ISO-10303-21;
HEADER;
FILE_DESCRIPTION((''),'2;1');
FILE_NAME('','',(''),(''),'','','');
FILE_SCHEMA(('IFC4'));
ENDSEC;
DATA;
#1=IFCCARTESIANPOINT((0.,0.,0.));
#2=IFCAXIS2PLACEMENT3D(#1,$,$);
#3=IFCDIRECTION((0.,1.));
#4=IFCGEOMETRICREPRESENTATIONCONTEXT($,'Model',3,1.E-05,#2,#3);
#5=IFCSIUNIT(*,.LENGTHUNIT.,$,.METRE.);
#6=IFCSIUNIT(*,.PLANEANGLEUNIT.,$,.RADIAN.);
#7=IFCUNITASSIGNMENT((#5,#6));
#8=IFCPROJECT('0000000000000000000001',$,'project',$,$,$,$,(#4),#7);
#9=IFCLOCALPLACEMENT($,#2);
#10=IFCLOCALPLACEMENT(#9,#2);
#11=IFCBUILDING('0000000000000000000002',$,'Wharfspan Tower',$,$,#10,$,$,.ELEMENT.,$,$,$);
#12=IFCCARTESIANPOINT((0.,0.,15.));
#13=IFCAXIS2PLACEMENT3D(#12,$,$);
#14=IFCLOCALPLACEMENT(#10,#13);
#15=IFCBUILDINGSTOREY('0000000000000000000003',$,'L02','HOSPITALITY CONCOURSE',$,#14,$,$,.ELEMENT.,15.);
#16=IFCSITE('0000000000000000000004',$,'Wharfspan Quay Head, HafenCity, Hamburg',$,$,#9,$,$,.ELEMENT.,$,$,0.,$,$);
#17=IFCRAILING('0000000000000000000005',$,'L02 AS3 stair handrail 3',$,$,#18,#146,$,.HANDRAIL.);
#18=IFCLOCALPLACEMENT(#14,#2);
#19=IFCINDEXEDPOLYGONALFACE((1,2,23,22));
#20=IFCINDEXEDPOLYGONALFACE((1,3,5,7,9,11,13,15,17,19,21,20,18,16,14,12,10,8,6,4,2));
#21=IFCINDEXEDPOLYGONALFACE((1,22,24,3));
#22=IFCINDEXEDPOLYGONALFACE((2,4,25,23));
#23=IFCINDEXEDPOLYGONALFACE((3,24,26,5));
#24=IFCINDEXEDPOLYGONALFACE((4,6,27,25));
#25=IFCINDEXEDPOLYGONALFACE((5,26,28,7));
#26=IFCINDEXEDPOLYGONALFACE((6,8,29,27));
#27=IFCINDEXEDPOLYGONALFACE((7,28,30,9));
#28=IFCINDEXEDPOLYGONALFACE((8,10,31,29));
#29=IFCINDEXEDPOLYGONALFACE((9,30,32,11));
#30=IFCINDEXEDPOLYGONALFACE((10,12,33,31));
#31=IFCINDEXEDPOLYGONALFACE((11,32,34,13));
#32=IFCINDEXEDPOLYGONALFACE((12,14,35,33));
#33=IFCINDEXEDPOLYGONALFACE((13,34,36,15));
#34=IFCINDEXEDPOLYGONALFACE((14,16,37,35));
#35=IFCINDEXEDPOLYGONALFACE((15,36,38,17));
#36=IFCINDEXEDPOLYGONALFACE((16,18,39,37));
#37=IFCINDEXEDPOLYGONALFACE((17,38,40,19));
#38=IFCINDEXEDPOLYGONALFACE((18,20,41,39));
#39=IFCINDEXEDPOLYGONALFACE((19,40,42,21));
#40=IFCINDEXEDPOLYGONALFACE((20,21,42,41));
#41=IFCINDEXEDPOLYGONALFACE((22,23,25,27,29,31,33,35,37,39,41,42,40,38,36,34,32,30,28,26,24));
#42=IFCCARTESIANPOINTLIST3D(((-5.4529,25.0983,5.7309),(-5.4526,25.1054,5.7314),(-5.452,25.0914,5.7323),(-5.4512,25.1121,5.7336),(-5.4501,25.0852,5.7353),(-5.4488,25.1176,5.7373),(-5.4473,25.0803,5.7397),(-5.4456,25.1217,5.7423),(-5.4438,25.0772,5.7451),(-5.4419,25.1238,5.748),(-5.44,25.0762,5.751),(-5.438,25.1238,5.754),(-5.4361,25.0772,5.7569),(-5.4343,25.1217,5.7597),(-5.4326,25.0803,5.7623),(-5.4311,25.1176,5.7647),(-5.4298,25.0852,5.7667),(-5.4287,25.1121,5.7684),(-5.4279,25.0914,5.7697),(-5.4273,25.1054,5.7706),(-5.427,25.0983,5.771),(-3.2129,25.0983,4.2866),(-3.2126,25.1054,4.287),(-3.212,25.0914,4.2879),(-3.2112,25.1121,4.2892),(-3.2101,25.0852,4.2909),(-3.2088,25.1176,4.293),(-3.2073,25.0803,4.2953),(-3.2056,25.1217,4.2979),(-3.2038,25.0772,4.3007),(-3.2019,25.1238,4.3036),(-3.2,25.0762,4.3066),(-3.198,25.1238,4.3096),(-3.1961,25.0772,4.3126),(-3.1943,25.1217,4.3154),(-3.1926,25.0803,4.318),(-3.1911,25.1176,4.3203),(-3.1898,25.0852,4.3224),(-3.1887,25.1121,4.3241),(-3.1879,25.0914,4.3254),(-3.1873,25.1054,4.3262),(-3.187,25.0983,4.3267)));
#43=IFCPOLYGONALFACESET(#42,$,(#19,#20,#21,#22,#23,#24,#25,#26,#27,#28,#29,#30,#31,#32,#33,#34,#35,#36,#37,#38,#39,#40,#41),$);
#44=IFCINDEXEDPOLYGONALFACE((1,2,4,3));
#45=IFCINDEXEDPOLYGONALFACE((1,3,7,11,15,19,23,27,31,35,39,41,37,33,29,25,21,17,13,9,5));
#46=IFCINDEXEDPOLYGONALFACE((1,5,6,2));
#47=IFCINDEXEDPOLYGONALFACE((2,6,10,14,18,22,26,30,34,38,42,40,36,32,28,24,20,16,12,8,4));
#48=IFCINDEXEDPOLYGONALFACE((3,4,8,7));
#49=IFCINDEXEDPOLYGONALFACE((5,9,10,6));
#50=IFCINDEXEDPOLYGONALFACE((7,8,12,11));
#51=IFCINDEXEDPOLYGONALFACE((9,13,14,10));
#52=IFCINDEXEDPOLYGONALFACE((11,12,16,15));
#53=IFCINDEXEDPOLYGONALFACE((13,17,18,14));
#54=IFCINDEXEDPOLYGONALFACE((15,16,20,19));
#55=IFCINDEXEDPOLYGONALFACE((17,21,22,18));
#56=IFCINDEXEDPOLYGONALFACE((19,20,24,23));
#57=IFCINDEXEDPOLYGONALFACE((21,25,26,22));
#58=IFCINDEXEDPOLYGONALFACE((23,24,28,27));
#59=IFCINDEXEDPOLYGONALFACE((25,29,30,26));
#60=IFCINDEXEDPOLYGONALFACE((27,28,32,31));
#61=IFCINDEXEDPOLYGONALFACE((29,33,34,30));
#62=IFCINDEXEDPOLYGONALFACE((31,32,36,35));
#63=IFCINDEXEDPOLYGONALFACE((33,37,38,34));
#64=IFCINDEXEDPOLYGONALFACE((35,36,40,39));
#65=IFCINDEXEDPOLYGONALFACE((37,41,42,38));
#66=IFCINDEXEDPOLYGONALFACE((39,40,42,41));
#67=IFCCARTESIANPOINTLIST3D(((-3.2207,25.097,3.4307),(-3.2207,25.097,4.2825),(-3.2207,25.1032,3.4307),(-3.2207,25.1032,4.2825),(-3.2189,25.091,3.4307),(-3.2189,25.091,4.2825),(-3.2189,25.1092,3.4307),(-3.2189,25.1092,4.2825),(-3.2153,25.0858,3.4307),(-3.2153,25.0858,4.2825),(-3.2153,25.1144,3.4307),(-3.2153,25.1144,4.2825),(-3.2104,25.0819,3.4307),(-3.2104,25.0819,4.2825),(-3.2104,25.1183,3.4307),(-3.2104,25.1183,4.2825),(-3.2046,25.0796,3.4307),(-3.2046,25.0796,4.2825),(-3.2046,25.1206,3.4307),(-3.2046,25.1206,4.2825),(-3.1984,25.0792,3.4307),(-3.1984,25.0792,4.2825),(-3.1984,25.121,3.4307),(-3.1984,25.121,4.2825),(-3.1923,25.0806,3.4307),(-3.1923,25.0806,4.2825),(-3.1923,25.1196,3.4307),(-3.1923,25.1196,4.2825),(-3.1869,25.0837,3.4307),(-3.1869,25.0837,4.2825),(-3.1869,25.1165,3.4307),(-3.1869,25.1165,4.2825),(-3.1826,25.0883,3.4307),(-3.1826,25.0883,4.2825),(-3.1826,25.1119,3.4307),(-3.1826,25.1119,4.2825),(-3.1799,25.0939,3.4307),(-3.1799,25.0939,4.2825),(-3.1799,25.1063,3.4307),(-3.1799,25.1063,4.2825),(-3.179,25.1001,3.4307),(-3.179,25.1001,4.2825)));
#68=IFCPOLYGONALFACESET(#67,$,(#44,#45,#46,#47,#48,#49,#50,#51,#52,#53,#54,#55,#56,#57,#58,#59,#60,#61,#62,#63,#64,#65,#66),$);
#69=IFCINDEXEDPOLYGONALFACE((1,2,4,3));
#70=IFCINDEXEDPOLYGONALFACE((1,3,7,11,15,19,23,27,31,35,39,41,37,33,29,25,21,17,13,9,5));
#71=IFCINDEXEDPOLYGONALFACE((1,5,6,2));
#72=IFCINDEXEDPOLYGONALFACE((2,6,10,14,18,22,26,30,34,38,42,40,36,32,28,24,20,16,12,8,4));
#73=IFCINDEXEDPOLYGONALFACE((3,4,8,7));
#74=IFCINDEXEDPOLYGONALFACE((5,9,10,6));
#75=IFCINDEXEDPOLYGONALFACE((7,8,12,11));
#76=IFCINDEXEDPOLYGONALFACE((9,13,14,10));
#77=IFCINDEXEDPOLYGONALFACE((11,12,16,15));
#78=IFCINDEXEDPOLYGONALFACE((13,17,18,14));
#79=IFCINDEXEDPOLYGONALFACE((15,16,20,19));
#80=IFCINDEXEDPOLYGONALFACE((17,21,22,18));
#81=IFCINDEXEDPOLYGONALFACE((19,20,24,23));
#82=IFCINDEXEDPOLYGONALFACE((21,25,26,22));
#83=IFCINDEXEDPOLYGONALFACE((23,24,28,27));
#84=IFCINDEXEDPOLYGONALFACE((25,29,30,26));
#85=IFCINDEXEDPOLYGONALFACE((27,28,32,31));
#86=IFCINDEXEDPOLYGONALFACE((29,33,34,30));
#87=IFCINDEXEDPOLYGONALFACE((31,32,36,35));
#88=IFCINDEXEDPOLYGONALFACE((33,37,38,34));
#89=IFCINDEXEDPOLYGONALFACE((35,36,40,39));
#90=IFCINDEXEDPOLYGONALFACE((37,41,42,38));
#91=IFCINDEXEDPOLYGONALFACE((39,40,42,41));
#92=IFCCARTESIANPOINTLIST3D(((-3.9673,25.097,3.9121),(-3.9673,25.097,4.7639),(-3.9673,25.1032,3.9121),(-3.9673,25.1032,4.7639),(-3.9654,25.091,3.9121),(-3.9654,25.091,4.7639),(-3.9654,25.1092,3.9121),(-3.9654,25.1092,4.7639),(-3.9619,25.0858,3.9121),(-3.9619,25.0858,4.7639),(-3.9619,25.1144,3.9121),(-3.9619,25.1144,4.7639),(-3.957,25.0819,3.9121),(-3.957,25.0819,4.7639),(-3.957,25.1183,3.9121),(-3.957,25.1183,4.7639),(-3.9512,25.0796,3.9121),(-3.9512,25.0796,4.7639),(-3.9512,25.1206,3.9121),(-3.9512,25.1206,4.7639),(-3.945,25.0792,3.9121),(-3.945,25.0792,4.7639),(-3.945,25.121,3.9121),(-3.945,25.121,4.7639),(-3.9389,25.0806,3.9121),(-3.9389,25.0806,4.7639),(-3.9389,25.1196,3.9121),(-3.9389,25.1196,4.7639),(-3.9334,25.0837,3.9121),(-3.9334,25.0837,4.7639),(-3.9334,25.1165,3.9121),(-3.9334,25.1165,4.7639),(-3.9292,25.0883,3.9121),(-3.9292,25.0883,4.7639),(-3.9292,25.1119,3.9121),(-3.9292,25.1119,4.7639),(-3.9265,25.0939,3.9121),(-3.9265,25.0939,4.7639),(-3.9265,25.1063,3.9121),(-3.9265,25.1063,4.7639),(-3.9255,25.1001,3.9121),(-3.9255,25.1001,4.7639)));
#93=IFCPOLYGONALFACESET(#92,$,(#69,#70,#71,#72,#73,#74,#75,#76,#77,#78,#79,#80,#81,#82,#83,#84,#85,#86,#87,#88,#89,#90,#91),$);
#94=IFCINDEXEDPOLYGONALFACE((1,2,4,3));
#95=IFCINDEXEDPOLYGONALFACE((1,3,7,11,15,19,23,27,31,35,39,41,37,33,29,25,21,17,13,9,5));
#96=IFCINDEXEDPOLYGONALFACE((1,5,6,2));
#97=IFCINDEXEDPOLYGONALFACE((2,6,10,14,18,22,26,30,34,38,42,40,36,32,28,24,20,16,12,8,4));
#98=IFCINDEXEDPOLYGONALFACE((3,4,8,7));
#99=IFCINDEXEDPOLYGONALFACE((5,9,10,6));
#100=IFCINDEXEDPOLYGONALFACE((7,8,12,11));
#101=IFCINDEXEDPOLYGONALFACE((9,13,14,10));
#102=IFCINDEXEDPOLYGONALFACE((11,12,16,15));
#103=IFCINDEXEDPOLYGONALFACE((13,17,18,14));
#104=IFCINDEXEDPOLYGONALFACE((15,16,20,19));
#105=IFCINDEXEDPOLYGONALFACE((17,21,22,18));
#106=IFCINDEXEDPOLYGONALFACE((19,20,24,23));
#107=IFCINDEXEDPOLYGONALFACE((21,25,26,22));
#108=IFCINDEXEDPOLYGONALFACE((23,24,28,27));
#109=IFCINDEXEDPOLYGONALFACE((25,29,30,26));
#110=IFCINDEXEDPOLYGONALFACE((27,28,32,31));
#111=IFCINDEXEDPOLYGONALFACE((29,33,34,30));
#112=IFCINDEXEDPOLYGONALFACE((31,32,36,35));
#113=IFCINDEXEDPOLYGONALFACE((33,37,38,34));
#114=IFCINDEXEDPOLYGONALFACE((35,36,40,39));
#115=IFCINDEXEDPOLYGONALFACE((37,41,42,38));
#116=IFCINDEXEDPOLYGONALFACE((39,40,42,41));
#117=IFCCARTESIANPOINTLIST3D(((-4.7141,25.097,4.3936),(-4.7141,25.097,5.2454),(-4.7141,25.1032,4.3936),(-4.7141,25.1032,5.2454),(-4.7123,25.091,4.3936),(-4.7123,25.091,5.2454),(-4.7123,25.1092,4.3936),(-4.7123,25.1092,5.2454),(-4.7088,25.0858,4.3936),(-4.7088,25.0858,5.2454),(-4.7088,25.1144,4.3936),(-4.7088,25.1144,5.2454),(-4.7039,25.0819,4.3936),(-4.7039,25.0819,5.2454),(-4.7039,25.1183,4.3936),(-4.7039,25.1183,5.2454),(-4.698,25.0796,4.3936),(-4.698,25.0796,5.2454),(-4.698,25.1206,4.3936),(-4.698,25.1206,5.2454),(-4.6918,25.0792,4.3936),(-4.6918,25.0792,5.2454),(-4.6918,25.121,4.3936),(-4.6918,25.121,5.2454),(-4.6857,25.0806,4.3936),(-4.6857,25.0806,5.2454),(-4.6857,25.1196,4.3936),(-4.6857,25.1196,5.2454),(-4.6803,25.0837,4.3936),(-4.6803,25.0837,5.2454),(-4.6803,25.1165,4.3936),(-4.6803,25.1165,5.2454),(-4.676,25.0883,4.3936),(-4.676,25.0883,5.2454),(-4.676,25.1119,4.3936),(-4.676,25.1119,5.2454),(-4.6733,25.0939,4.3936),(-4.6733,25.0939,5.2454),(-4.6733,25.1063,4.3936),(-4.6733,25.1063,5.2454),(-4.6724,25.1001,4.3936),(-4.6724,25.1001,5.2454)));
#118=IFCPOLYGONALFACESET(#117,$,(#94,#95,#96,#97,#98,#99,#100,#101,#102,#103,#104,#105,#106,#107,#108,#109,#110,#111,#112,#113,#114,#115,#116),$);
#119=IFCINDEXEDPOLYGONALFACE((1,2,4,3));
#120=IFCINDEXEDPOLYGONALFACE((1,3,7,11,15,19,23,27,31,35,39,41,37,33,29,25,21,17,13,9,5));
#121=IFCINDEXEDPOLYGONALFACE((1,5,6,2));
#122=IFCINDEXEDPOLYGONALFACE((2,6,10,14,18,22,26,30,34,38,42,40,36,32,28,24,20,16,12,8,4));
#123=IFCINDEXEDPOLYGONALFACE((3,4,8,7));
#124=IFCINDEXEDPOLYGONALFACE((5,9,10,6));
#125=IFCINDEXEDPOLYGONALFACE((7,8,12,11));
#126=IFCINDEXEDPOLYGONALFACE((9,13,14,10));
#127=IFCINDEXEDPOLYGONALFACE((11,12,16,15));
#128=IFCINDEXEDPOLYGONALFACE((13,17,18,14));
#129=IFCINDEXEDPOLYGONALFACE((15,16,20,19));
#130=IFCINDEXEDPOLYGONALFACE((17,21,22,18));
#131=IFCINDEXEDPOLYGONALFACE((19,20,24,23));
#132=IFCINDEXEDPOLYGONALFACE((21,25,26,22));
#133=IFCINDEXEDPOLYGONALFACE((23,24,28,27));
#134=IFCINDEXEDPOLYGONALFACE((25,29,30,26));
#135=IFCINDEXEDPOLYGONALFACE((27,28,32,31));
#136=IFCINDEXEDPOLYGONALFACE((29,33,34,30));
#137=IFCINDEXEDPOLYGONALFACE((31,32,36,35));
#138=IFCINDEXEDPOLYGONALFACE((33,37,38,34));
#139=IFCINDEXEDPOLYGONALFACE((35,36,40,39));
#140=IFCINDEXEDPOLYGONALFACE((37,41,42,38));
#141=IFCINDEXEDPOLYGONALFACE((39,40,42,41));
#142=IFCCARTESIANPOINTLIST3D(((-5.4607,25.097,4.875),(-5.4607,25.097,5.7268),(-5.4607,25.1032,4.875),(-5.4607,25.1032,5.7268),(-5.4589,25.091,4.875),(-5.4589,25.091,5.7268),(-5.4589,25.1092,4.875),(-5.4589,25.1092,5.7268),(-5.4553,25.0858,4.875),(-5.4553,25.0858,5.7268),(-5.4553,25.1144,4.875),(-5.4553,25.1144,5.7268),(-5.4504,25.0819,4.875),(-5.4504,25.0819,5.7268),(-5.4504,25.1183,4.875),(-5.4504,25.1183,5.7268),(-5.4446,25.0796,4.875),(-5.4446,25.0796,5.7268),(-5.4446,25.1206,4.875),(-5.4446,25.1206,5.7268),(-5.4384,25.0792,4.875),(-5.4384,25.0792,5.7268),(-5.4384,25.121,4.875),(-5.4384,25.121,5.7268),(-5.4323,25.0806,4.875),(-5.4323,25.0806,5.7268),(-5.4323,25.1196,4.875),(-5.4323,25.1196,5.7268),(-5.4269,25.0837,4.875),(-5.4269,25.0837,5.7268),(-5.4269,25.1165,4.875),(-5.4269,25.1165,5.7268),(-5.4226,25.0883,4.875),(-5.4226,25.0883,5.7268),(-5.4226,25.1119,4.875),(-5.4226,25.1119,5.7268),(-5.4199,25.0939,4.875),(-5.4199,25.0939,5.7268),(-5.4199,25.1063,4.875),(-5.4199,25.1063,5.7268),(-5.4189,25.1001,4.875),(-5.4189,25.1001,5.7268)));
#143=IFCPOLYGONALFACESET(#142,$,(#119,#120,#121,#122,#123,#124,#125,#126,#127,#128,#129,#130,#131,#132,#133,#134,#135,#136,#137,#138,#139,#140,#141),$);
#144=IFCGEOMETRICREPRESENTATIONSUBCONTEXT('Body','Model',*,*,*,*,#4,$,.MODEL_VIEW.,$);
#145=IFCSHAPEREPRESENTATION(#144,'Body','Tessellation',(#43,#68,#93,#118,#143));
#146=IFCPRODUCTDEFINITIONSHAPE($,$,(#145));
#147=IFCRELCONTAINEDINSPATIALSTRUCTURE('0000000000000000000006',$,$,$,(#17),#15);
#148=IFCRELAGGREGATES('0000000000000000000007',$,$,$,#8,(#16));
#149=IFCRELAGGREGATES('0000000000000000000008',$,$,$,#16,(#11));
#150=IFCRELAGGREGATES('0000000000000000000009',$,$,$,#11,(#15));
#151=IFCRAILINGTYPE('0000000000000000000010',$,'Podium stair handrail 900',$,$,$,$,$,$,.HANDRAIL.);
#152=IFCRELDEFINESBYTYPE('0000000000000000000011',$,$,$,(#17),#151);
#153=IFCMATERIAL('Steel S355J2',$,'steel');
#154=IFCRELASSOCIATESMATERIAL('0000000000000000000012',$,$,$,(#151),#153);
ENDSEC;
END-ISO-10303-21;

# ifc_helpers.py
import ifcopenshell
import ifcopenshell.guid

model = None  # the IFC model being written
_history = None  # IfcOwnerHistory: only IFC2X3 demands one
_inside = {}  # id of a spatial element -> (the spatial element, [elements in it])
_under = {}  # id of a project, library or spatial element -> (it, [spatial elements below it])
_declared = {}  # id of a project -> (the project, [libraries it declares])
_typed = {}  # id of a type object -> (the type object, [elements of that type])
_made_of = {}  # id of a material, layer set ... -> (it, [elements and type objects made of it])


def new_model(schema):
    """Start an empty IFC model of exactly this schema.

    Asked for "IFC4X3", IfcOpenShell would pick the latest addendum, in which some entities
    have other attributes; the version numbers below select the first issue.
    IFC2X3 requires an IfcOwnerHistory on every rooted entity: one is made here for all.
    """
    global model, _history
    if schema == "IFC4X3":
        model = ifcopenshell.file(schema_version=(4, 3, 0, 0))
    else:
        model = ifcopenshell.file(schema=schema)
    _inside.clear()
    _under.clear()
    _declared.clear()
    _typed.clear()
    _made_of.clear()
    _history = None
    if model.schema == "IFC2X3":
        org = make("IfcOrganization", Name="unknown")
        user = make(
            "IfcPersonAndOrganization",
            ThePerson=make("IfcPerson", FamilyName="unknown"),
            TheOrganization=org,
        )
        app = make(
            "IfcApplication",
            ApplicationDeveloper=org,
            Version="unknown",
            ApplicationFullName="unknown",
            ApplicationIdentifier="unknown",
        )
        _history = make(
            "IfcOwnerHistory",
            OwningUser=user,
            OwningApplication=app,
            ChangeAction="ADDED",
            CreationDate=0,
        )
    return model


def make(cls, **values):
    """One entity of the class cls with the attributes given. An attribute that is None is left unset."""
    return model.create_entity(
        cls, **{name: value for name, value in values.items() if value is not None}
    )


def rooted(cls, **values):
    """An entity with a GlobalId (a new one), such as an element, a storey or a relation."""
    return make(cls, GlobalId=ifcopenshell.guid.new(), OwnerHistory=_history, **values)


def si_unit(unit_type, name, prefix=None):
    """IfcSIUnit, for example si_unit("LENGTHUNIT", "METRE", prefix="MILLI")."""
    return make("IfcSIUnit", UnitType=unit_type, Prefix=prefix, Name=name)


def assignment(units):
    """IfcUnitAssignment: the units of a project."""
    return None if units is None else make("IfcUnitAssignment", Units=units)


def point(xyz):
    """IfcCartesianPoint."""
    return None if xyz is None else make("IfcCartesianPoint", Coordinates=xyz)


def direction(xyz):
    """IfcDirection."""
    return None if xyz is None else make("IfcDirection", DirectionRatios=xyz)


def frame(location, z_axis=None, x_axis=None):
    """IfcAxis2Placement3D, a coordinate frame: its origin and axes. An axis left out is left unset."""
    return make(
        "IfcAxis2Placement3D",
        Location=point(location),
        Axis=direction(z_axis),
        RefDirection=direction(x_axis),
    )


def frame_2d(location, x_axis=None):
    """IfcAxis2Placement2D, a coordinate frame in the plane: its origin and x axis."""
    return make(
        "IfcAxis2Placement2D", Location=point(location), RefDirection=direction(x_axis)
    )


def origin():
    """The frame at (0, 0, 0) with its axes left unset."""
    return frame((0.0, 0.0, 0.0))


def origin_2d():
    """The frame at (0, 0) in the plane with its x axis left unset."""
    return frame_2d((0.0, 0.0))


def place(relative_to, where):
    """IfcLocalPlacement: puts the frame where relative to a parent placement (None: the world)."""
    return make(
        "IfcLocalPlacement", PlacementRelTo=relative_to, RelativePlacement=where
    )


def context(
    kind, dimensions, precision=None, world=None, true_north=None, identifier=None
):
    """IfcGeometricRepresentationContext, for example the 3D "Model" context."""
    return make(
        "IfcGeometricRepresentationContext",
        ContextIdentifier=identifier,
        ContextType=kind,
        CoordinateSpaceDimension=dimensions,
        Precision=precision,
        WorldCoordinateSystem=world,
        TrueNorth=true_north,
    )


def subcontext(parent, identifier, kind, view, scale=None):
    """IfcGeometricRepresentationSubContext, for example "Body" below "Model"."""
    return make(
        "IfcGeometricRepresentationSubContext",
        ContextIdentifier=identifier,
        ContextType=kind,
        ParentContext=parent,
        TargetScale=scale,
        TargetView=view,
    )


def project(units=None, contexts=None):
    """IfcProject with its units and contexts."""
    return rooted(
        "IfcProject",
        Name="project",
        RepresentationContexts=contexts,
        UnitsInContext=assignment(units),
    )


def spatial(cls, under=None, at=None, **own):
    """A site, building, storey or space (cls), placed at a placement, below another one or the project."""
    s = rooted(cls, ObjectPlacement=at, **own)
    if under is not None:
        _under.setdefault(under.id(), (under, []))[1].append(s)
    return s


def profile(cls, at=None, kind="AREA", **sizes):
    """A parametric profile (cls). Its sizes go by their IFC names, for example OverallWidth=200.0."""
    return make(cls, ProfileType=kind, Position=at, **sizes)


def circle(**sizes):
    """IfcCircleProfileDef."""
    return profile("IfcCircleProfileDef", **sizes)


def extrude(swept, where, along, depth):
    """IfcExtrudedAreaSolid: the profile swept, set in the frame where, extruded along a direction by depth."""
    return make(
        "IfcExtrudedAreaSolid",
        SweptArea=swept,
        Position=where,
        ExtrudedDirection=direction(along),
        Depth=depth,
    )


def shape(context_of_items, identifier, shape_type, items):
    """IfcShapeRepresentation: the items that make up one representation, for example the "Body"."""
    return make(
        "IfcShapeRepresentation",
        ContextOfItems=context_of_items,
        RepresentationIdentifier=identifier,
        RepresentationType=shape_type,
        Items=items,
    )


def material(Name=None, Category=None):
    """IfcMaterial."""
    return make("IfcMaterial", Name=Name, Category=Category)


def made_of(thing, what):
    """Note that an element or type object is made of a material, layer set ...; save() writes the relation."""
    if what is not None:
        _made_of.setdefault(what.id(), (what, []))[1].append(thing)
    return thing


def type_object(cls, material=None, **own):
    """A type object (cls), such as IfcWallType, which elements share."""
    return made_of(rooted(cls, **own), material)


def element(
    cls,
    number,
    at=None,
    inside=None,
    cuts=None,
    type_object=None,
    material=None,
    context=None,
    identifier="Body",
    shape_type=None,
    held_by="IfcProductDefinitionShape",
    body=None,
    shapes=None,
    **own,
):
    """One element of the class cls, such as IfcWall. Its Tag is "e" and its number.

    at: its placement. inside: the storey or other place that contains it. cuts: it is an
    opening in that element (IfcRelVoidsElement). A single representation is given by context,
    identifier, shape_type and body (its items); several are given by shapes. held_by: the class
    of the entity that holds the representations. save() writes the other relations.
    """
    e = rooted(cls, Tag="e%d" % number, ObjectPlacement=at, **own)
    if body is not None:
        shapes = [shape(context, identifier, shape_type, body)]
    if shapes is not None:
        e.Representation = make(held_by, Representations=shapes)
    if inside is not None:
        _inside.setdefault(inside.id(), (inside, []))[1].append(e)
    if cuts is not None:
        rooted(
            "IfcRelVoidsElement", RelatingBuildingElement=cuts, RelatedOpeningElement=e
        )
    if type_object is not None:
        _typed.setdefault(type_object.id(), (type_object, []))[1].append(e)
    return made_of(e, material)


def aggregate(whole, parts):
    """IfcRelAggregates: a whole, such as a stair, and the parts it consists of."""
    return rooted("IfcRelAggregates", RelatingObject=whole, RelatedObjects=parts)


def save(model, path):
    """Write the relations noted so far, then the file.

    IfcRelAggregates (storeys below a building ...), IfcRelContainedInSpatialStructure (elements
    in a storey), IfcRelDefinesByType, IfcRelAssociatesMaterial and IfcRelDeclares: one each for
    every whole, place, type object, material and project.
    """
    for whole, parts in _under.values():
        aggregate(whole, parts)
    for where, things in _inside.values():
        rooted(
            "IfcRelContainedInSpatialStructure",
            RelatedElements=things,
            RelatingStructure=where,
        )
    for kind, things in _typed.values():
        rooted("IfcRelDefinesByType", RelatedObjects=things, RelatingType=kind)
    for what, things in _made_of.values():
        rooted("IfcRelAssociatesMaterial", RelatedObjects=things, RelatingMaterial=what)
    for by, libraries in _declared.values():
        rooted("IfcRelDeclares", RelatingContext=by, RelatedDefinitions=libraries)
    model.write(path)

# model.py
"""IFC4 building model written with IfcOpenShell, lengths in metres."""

from ifc_helpers import new_model, si_unit, direction, frame, origin, origin_2d, place, context, subcontext, project, spatial, circle, extrude, material, type_object, element, save


model = new_model("IFC4")

# Units and contexts
model_context = context("Model", 3, precision=1e-05, world=origin(), true_north=direction((0.0, 1.0)))
body_context = subcontext(model_context, "Body", "Model", "MODEL_VIEW")
ifc_project = project(units=[si_unit("LENGTHUNIT", "METRE"), si_unit("PLANEANGLEUNIT", "RADIAN")], contexts=[model_context])

# Site, building, storey
site_placement = place(None, origin())
site = spatial("IfcSite", under=ifc_project, at=site_placement, Name="Wharfspan Quay Head, HafenCity, Hamburg", CompositionType="ELEMENT", RefElevation=0.0)
building_placement = place(site_placement, origin())
building = spatial("IfcBuilding", under=site, at=building_placement, Name="Wharfspan Tower", CompositionType="ELEMENT")
storey_placement = place(building_placement, frame((0.0, 0.0, 15.0)))
storey = spatial("IfcBuildingStorey", under=building, at=storey_placement, Name="L02", Description="HOSPITALITY CONCOURSE", CompositionType="ELEMENT", Elevation=15.0)

# Railing
ifc_material_1 = material(Name="Steel S355J2", Category="steel")
railing_type_1 = type_object("IfcRailingType", Name="Podium stair handrail 900", PredefinedType="HANDRAIL", material=ifc_material_1)
for number, where, name in (
    (1, (-3.2, 25.1001, 3.4307), "L02 AS3 stair handrail 3"),
):
    element("IfcRailing", number, at=place(storey_placement, frame(where)), inside=storey, type_object=railing_type_1, Name=name, PredefinedType="HANDRAIL", context=body_context, shape_type="SweptSolid", body=[
        extrude(circle(Radius=0.0239, at=origin_2d()), frame((0.0, 0.0, 0.876), z_axis=(-0.840437, 0.0, 0.54191), x_axis=(0.0, -1.0, 0.0)), (0.0, 0.0, 1.0), 2.6653),
        extrude(circle(Radius=0.021, at=origin_2d()), origin(), (0.0, 0.0, 1.0), 0.8518),
        extrude(circle(Radius=0.021, at=origin_2d()), frame((-0.7466, 0.0, 0.4814)), (0.0, 0.0, 1.0), 0.8518),
        extrude(circle(Radius=0.021, at=origin_2d()), frame((-1.4934, 0.0, 0.9629)), (0.0, 0.0, 1.0), 0.8518),
        extrude(circle(Radius=0.021, at=origin_2d()), frame((-2.24, 0.0, 1.4443)), (0.0, 0.0, 1.0), 0.8518),
    ])

save(model, "model.ifc")
